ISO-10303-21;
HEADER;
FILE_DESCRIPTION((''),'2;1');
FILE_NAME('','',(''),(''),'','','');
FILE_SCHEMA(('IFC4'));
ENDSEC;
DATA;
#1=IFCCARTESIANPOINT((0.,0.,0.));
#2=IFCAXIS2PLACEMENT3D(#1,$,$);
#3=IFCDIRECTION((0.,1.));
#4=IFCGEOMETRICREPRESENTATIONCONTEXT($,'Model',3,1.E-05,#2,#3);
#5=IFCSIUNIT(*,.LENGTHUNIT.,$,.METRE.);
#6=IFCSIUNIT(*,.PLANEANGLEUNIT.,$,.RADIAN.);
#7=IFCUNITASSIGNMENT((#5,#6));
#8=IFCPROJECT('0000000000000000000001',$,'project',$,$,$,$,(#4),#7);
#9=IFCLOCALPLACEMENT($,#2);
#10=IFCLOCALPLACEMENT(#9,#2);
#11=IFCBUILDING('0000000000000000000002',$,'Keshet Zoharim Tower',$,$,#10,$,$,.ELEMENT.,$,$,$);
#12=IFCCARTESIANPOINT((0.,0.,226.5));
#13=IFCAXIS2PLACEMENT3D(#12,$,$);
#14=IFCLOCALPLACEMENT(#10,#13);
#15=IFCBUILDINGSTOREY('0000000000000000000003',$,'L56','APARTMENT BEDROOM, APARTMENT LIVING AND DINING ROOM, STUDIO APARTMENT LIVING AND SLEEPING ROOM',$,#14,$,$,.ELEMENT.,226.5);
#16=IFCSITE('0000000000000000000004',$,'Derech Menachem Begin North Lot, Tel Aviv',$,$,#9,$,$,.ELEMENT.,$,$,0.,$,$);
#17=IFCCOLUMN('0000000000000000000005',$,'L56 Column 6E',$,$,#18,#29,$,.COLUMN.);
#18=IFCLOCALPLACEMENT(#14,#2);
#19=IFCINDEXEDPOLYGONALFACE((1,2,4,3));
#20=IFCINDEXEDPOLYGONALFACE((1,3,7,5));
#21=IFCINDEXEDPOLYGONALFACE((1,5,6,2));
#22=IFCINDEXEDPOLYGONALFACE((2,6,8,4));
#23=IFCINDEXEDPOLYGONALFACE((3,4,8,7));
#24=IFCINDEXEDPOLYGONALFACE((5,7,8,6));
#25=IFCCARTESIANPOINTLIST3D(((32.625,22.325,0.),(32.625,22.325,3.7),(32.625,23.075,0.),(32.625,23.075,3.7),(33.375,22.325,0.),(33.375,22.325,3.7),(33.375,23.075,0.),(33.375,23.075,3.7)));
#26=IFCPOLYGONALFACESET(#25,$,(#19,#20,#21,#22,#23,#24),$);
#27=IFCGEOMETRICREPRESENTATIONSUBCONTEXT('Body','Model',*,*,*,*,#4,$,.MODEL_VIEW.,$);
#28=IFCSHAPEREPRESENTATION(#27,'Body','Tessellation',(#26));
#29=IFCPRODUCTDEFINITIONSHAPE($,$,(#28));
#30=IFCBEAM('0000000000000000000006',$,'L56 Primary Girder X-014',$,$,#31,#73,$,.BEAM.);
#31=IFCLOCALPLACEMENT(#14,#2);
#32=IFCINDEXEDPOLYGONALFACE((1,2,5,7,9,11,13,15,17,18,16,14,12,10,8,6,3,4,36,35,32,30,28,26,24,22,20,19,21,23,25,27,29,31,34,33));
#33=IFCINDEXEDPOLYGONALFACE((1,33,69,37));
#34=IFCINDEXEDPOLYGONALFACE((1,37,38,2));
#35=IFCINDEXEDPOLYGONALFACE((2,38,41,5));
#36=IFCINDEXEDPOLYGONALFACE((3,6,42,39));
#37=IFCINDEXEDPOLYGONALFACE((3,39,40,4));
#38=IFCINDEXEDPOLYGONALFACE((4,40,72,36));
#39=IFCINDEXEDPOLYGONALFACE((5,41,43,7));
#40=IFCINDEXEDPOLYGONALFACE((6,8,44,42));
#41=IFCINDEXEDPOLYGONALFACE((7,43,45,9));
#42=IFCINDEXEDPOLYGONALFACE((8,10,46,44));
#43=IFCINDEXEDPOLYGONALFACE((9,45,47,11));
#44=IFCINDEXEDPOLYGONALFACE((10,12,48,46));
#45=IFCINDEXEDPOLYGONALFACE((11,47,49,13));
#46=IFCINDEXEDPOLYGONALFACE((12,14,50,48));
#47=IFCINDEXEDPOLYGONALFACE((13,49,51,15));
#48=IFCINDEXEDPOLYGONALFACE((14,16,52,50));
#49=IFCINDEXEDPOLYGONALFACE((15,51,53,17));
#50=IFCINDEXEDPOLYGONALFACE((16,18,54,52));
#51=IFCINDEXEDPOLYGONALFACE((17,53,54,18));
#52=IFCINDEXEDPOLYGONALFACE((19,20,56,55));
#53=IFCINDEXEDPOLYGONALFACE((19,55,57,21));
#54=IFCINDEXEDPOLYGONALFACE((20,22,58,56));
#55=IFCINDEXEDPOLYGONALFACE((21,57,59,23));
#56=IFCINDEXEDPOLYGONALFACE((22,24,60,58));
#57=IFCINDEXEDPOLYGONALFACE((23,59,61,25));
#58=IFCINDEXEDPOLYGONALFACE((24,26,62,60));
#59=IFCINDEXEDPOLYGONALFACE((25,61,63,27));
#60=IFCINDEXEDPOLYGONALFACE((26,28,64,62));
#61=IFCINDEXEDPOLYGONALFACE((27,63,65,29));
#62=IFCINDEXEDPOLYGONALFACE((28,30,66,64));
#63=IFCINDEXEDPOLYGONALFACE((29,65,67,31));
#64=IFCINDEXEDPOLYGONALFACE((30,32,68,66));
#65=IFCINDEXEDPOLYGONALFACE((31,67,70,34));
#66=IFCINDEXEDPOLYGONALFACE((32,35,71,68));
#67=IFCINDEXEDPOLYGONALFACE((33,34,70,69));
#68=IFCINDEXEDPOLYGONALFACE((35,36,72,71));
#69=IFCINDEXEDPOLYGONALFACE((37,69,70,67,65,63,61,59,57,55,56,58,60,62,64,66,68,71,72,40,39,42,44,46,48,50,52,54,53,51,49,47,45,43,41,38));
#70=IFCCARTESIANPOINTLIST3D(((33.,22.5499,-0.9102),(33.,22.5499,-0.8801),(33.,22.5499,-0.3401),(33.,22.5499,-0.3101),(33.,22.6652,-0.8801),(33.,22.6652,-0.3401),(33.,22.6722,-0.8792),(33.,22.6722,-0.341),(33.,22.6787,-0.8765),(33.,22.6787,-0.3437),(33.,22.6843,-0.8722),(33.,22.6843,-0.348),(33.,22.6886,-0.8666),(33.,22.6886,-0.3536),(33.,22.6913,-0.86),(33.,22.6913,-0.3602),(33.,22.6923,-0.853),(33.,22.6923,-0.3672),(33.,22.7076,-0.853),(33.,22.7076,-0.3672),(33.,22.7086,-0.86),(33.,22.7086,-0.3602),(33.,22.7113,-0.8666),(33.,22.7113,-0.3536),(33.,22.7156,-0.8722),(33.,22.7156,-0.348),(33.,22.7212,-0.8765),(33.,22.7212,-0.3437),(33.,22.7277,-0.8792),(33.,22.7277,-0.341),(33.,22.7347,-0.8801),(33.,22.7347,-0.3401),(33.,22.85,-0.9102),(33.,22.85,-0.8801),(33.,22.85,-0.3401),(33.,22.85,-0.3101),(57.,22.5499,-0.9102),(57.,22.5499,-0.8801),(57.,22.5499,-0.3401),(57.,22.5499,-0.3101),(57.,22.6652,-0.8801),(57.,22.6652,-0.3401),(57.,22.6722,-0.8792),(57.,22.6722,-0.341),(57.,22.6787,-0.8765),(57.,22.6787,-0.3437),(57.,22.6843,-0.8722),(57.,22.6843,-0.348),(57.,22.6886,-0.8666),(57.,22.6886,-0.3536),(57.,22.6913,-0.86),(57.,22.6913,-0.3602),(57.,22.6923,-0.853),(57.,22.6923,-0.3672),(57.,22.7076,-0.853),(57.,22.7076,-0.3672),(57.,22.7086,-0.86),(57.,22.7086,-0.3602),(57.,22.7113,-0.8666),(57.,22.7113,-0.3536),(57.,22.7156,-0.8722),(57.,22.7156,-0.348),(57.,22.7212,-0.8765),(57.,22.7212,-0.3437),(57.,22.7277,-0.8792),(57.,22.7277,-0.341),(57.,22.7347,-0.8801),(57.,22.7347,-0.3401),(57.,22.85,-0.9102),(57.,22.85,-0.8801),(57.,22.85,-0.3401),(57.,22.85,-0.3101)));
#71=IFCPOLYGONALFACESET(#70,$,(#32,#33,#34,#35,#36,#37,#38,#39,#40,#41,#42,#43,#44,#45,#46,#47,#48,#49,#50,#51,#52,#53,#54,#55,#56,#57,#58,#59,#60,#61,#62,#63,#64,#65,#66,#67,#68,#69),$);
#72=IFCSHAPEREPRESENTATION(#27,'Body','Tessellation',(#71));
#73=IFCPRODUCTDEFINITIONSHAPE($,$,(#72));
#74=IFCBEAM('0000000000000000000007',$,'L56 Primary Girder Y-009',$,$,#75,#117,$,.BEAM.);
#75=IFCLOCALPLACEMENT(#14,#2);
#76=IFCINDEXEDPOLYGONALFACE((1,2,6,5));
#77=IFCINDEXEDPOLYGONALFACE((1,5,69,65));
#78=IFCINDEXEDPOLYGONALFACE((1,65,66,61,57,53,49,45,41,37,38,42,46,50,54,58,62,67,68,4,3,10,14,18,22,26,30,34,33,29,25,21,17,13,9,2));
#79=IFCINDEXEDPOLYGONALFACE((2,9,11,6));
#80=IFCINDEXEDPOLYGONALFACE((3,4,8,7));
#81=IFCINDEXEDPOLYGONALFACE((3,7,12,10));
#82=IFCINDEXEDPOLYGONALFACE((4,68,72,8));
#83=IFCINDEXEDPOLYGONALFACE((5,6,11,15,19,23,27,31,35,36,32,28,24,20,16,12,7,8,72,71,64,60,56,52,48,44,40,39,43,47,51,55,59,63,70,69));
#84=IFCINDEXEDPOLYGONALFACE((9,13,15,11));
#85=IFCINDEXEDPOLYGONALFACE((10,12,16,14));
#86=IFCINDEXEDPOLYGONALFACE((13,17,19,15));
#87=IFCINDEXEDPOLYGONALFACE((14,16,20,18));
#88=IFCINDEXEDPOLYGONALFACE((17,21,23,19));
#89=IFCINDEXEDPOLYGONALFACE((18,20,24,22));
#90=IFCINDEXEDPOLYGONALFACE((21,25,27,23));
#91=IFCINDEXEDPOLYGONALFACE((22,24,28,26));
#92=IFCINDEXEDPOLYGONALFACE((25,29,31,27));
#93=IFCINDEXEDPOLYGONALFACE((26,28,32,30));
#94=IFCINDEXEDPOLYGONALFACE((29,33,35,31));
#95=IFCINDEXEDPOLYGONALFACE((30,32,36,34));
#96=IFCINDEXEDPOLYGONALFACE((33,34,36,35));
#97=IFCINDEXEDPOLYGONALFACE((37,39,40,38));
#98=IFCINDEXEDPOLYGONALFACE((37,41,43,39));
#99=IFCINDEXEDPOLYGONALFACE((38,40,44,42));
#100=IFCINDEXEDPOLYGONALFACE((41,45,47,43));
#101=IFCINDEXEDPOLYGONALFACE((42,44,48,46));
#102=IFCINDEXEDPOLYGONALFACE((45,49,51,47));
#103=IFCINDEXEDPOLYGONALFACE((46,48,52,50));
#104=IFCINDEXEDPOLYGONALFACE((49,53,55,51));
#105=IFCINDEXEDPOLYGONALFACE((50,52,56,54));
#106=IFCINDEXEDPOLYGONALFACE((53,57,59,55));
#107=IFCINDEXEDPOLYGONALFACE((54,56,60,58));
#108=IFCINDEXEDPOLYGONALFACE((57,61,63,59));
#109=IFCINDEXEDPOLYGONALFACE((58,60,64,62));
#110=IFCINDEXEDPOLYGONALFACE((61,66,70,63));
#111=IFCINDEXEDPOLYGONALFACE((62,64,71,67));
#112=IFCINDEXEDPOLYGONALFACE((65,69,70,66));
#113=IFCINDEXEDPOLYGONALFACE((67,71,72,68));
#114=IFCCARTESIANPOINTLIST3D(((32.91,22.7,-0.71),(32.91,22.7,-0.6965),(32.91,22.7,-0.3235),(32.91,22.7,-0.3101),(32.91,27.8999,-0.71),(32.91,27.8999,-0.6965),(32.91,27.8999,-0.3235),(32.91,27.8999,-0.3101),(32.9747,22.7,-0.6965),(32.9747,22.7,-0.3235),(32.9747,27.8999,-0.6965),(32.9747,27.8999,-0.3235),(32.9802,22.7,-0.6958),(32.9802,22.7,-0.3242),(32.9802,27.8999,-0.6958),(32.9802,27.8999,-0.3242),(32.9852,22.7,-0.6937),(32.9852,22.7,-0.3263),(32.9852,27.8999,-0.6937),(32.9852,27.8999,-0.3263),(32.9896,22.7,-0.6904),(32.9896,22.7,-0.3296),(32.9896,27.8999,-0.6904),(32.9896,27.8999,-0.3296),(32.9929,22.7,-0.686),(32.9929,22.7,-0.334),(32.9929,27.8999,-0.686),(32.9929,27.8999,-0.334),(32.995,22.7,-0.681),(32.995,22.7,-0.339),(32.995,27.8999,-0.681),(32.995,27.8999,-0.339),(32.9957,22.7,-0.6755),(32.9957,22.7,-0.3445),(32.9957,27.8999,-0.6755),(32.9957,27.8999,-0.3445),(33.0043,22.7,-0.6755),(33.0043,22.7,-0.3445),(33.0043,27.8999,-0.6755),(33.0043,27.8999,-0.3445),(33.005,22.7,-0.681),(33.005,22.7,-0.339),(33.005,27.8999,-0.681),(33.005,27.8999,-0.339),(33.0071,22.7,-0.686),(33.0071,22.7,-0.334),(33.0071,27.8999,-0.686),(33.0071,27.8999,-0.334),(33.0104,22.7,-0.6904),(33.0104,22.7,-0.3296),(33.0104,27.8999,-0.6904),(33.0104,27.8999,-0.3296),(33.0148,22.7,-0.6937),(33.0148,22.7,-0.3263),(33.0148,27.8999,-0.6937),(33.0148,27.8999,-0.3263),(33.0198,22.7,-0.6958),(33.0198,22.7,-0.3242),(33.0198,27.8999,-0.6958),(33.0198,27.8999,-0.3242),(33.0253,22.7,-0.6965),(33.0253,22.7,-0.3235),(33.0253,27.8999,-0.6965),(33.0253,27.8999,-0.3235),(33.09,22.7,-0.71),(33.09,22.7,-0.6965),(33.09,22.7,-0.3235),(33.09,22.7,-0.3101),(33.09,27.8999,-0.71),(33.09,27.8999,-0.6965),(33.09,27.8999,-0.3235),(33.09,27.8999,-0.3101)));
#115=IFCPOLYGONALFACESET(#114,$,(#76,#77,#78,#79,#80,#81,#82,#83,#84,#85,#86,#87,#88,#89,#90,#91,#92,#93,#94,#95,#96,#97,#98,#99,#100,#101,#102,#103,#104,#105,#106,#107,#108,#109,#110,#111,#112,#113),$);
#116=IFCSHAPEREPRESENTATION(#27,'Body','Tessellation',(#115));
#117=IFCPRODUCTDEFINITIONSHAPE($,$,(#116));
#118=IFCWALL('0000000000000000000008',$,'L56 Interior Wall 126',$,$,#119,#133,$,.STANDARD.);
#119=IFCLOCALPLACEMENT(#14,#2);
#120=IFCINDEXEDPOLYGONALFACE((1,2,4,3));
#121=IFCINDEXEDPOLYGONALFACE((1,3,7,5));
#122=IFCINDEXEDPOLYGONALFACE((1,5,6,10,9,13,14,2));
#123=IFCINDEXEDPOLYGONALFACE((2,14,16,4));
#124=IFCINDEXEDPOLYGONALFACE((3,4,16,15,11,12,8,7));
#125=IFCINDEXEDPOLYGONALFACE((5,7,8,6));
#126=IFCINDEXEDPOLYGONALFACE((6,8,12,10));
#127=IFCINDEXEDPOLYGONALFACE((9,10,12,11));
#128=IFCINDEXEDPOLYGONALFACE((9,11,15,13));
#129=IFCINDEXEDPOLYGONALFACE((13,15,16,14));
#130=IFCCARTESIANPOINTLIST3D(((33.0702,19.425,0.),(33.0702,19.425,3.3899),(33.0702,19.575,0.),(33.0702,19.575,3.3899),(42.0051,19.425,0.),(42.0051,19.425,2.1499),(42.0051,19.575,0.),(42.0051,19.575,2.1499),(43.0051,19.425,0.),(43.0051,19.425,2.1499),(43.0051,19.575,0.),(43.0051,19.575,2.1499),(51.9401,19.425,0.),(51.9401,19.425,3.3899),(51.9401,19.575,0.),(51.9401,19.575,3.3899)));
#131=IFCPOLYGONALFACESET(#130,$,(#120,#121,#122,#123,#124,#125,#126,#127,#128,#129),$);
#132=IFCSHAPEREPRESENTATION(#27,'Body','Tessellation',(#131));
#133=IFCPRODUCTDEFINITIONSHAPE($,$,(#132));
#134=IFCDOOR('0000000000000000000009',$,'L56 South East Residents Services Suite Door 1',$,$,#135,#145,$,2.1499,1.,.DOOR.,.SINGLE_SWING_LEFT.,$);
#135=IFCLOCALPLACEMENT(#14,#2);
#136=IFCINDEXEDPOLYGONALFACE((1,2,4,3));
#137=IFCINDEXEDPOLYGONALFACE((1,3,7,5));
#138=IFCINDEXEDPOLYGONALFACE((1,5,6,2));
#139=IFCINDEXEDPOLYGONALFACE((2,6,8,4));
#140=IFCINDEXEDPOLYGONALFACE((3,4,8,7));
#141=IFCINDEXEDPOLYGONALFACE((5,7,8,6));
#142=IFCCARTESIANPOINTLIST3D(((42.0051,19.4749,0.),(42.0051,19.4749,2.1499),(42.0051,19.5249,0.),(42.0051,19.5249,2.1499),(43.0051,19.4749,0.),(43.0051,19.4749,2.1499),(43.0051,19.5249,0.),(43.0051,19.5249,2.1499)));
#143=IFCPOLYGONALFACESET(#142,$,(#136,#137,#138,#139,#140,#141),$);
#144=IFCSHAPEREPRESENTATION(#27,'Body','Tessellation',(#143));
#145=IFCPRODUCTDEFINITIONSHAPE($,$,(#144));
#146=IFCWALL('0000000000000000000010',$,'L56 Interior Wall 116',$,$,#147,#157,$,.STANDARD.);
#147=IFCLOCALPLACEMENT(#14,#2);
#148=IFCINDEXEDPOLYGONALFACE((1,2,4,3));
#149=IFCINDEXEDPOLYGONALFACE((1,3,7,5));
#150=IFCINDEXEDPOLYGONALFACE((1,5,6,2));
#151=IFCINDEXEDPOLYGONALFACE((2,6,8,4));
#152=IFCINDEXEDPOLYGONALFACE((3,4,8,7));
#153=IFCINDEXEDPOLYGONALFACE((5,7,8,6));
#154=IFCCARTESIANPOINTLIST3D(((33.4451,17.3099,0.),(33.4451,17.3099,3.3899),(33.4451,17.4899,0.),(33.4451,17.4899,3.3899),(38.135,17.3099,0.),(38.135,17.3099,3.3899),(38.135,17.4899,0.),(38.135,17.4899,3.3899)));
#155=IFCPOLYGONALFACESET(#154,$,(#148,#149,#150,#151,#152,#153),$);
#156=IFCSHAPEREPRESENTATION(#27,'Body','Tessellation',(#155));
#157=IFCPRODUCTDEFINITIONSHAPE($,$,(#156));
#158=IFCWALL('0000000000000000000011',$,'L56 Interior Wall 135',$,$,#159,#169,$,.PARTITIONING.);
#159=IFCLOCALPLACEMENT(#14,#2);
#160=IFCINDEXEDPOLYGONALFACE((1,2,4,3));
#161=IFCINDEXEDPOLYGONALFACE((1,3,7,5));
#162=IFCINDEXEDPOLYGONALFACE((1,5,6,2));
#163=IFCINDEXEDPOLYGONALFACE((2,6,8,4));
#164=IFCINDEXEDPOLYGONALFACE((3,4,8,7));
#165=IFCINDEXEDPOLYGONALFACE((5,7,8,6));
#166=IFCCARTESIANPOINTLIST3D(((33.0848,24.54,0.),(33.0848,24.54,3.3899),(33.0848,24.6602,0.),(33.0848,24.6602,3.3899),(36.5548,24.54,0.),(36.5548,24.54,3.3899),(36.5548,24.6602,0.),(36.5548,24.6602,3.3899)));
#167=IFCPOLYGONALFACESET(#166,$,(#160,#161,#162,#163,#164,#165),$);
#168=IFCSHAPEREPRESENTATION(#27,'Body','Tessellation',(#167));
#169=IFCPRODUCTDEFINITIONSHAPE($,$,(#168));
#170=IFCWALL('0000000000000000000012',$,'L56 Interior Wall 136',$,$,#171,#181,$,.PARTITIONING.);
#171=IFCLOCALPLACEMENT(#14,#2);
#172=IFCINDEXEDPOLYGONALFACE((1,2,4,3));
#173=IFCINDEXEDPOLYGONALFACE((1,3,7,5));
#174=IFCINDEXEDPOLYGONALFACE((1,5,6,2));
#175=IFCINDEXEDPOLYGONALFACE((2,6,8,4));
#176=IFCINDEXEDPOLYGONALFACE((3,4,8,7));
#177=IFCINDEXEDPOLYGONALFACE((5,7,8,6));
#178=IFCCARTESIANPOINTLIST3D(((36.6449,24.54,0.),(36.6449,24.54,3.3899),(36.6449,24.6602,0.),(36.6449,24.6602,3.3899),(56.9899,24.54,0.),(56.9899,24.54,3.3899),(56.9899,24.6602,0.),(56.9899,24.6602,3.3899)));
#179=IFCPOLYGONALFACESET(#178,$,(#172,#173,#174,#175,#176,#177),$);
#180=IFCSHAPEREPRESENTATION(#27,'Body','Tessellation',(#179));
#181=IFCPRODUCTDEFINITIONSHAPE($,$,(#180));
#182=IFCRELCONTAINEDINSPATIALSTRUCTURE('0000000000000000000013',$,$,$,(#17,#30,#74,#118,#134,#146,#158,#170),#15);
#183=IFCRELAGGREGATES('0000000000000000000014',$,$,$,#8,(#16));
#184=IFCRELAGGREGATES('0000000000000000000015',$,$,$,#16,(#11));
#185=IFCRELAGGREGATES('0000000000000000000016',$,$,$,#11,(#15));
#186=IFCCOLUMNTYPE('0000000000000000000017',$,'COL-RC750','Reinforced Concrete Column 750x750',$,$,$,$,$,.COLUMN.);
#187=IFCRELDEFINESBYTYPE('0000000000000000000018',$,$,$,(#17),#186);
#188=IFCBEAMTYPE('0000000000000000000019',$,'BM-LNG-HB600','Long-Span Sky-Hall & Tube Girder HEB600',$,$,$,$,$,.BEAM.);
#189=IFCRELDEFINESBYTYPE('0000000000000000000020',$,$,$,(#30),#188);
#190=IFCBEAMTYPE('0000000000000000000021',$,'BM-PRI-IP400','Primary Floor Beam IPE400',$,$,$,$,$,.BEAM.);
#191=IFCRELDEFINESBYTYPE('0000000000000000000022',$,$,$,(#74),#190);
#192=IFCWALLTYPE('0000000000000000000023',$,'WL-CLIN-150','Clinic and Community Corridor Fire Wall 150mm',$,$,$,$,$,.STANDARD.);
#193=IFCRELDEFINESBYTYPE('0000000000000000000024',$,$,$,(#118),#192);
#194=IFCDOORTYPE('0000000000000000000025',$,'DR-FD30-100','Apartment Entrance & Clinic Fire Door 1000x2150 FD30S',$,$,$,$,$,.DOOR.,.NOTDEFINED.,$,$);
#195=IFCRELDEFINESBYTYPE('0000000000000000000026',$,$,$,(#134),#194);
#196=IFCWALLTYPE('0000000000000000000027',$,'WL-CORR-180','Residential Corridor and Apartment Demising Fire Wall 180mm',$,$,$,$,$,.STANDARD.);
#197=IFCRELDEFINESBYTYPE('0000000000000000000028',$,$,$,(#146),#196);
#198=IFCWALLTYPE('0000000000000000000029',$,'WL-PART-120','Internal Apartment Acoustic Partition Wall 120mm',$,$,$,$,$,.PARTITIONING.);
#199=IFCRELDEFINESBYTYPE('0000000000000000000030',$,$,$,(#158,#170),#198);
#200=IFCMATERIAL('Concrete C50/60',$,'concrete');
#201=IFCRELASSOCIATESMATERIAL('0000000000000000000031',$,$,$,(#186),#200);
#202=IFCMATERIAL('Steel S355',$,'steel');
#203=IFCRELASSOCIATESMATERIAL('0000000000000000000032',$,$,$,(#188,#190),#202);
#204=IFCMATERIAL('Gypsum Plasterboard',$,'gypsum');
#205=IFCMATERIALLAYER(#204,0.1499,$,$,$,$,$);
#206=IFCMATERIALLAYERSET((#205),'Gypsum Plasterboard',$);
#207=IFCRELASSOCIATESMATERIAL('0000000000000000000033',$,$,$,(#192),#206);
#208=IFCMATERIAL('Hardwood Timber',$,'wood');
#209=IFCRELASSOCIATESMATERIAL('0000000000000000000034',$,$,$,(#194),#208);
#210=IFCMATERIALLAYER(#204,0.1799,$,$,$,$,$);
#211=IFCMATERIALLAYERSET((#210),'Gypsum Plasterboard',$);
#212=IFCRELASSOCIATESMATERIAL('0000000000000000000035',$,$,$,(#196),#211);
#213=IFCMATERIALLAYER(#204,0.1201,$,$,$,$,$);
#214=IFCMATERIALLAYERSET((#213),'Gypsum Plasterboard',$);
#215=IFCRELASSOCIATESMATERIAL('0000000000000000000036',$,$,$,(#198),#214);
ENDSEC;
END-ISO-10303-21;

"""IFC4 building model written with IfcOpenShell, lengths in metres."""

from ifc_helpers import new_model, si_unit, direction, frame, frame_2d, origin, origin_2d, place, context, subcontext, project, spatial, rectangle, i_section, extrude, material, layer, layer_set, material_profile, profile_set, type_object, element, fill, save


model = new_model("IFC4")

# Units and contexts
model_context = context("Model", 3, precision=1e-05, world=origin(), true_north=direction((0.0, 1.0)))
body_context = subcontext(model_context, "Body", "Model", "MODEL_VIEW")
ifc_project = project(units=[si_unit("LENGTHUNIT", "METRE"), si_unit("PLANEANGLEUNIT", "RADIAN")], contexts=[model_context])

# Site, building, storey
site_placement = place(None, origin())
site = spatial("IfcSite", under=ifc_project, at=site_placement, Name="Derech Menachem Begin North Lot, Tel Aviv", CompositionType="ELEMENT", RefElevation=0.0)
building_placement = place(site_placement, origin())
building = spatial("IfcBuilding", under=site, at=building_placement, Name="Keshet Zoharim Tower", CompositionType="ELEMENT")
storey_placement = place(building_placement, frame((0.0, 0.0, 226.5)))
storey = spatial("IfcBuildingStorey", under=building, at=storey_placement, Name="L56", Description="APARTMENT BEDROOM, APARTMENT LIVING AND DINING ROOM, STUDIO APARTMENT LIVING AND SLEEPING ROOM", CompositionType="ELEMENT", Elevation=226.5)

# Column
ifc_material_1 = material(Name="Concrete C50/60", Category="concrete")
ifc_material_profile_1 = material_profile(ifc_material_1, rectangle(XDim=0.75, YDim=0.75, at=origin_2d()), Name="RC750x750")
ifc_profile_set_1 = profile_set([ifc_material_profile_1], Name="Concrete C50/60")
column_type = type_object("IfcColumnType", Name="COL-RC750", Description="Reinforced Concrete Column 750x750", PredefinedType="COLUMN", material=ifc_profile_set_1)
column_placement = place(storey_placement, frame((33.0, 22.7, 0.0), z_axis=(0.0, 0.0, 1.0), x_axis=(1.0, 0.0, 0.0)))
element("IfcColumn", 1, at=column_placement, inside=storey, type_object=column_type, Name="L56 Column 6E", PredefinedType="COLUMN", context=body_context, shape_type="SweptSolid", body=[
    extrude(rectangle(XDim=0.75, YDim=0.75, at=origin_2d()), origin(), (0.0, 0.0, 1.0), 3.7),
])

# Beams
ifc_material_2 = material(Name="Steel S355", Category="steel")
ifc_material_profile_2 = material_profile(ifc_material_2, i_section(OverallWidth=0.3, OverallDepth=0.6001, WebThickness=0.0154, FlangeThickness=0.03, FilletRadius=0.0271, at=origin_2d()), Name="HEB600")
ifc_profile_set_2 = profile_set([ifc_material_profile_2], Name="Steel S355")
beam_type_1 = type_object("IfcBeamType", Name="BM-LNG-HB600", Description="Long-Span Sky-Hall & Tube Girder HEB600", PredefinedType="BEAM", material=ifc_profile_set_2)
beam_1_placement = place(storey_placement, frame((33.0, 22.7, -0.6101), z_axis=(1.0, 0.0, 0.0), x_axis=(0.0, 1.0, 0.0)))
element("IfcBeam", 2, at=beam_1_placement, inside=storey, type_object=beam_type_1, Name="L56 Primary Girder X-014", PredefinedType="BEAM", context=body_context, shape_type="SweptSolid", body=[
    extrude(i_section(OverallWidth=0.3, OverallDepth=0.6001, WebThickness=0.0154, FlangeThickness=0.03, FilletRadius=0.0271, at=origin_2d()), origin(), (0.0, 0.0, 1.0), 24.0),
])
ifc_material_profile_3 = material_profile(ifc_material_2, i_section(OverallWidth=0.1799, OverallDepth=0.3999, WebThickness=0.0085, FlangeThickness=0.0134, FilletRadius=0.021, at=origin_2d()), Name="IPE400")
ifc_profile_set_3 = profile_set([ifc_material_profile_3], Name="Steel S355")
beam_type_2 = type_object("IfcBeamType", Name="BM-PRI-IP400", Description="Primary Floor Beam IPE400", PredefinedType="BEAM", material=ifc_profile_set_3)
beam_2_placement = place(storey_placement, frame((33.0, 22.7, -0.51), z_axis=(0.0, 1.0, 0.0), x_axis=(-1.0, 0.0, 0.0)))
element("IfcBeam", 3, at=beam_2_placement, inside=storey, type_object=beam_type_2, Name="L56 Primary Girder Y-009", PredefinedType="BEAM", context=body_context, shape_type="SweptSolid", body=[
    extrude(i_section(OverallWidth=0.1799, OverallDepth=0.3999, WebThickness=0.0085, FlangeThickness=0.0134, FilletRadius=0.021, at=origin_2d()), origin(), (0.0, 0.0, 1.0), 5.2),
])

# Wall, opening, door
ifc_material_3 = material(Name="Gypsum Plasterboard", Category="gypsum")
ifc_layer_1 = layer(ifc_material_3, 0.1499)
ifc_layer_set_1 = layer_set([ifc_layer_1], Name="Gypsum Plasterboard")
wall_type_1 = type_object("IfcWallType", Name="WL-CLIN-150", Description="Clinic and Community Corridor Fire Wall 150mm", PredefinedType="STANDARD", material=ifc_layer_set_1)
ifc_material_4 = material(Name="Hardwood Timber", Category="wood")
door_type_1 = type_object("IfcDoorType", Name="DR-FD30-100", Description="Apartment Entrance & Clinic Fire Door 1000x2150 FD30S", OperationType="NOTDEFINED", PredefinedType="DOOR", material=ifc_material_4)
wall_1_placement = place(storey_placement, frame((33.0701, 19.5, 0.0), z_axis=(0.0, 0.0, 1.0), x_axis=(1.0, 0.0, 0.0)))
wall_1 = element("IfcWall", 4, at=wall_1_placement, inside=storey, type_object=wall_type_1, Name="L56 Interior Wall 126", PredefinedType="STANDARD", context=body_context, shape_type="SweptSolid", body=[
    extrude(rectangle(XDim=18.8699, YDim=0.1499, at=frame_2d((9.4351, 0.0))), origin(), (0.0, 0.0, 1.0), 3.3899),
])
opening_1_placement = place(wall_1_placement, frame((8.9351, 0.0, 0.0)))
opening_1 = element("IfcOpeningElement", 5, at=opening_1_placement, cuts=wall_1, PredefinedType="OPENING", context=body_context, shape_type="SweptSolid", body=[
    extrude(rectangle(XDim=1.0, YDim=2.1499, at=frame_2d((0.5, 1.075))), frame((0.0, 0.085, 0.0), z_axis=(0.0, -1.0, 0.0), x_axis=(1.0, 0.0, 0.0)), (0.0, 0.0, 1.0), 0.1699),
])
door_1_placement = place(opening_1_placement, origin())
door_1 = element("IfcDoor", 6, at=door_1_placement, inside=storey, type_object=door_type_1, Name="L56 South East Residents Services Suite Door 1", OperationType="SINGLE_SWING_LEFT", OverallHeight=2.1499, OverallWidth=1.0, PredefinedType="DOOR", context=body_context, shape_type="SweptSolid", body=[
    extrude(rectangle(XDim=1.0, YDim=2.1499, at=frame_2d((0.5, 1.075))), frame((0.0, 0.0249, 0.0), z_axis=(0.0, -1.0, 0.0), x_axis=(1.0, 0.0, 0.0)), (0.0, 0.0, 1.0), 0.05),
])
fill(opening_1, door_1)
ifc_layer_2 = layer(ifc_material_3, 0.1799)
ifc_layer_set_2 = layer_set([ifc_layer_2], Name="Gypsum Plasterboard")
wall_type_2 = type_object("IfcWallType", Name="WL-CORR-180", Description="Residential Corridor and Apartment Demising Fire Wall 180mm", PredefinedType="STANDARD", material=ifc_layer_set_2)

# Wall
wall_2_placement = place(storey_placement, frame((33.4451, 17.3999, 0.0), z_axis=(0.0, 0.0, 1.0), x_axis=(1.0, 0.0, 0.0)))
element("IfcWall", 7, at=wall_2_placement, inside=storey, type_object=wall_type_2, Name="L56 Interior Wall 116", PredefinedType="STANDARD", context=body_context, shape_type="SweptSolid", body=[
    extrude(rectangle(XDim=4.6899, YDim=0.1799, at=frame_2d((2.345, 0.0))), origin(), (0.0, 0.0, 1.0), 3.3899),
])

# Shared definitions
ifc_layer_3 = layer(ifc_material_3, 0.1201)
ifc_layer_set_3 = layer_set([ifc_layer_3], Name="Gypsum Plasterboard")
wall_type_3 = type_object("IfcWallType", Name="WL-PART-120", Description="Internal Apartment Acoustic Partition Wall 120mm", PredefinedType="PARTITIONING", material=ifc_layer_set_3)

# Walls
wall_3_placement = place(storey_placement, frame((33.085, 24.6001, 0.0), z_axis=(0.0, 0.0, 1.0), x_axis=(1.0, 0.0, 0.0)))
element("IfcWall", 8, at=wall_3_placement, inside=storey, type_object=wall_type_3, Name="L56 Interior Wall 135", PredefinedType="PARTITIONING", context=body_context, shape_type="SweptSolid", body=[
    extrude(rectangle(XDim=3.47, YDim=0.1201, at=frame_2d((1.7349, 0.0))), origin(), (0.0, 0.0, 1.0), 3.3899),
])
wall_4_placement = place(storey_placement, frame((36.645, 24.6001, 0.0), z_axis=(0.0, 0.0, 1.0), x_axis=(1.0, 0.0, 0.0)))
element("IfcWall", 9, at=wall_4_placement, inside=storey, type_object=wall_type_3, Name="L56 Interior Wall 136", PredefinedType="PARTITIONING", context=body_context, shape_type="SweptSolid", body=[
    extrude(rectangle(XDim=20.345, YDim=0.1201, at=frame_2d((10.1724, 0.0))), origin(), (0.0, 0.0, 1.0), 3.3899),
])

save(model, "model.ifc")
